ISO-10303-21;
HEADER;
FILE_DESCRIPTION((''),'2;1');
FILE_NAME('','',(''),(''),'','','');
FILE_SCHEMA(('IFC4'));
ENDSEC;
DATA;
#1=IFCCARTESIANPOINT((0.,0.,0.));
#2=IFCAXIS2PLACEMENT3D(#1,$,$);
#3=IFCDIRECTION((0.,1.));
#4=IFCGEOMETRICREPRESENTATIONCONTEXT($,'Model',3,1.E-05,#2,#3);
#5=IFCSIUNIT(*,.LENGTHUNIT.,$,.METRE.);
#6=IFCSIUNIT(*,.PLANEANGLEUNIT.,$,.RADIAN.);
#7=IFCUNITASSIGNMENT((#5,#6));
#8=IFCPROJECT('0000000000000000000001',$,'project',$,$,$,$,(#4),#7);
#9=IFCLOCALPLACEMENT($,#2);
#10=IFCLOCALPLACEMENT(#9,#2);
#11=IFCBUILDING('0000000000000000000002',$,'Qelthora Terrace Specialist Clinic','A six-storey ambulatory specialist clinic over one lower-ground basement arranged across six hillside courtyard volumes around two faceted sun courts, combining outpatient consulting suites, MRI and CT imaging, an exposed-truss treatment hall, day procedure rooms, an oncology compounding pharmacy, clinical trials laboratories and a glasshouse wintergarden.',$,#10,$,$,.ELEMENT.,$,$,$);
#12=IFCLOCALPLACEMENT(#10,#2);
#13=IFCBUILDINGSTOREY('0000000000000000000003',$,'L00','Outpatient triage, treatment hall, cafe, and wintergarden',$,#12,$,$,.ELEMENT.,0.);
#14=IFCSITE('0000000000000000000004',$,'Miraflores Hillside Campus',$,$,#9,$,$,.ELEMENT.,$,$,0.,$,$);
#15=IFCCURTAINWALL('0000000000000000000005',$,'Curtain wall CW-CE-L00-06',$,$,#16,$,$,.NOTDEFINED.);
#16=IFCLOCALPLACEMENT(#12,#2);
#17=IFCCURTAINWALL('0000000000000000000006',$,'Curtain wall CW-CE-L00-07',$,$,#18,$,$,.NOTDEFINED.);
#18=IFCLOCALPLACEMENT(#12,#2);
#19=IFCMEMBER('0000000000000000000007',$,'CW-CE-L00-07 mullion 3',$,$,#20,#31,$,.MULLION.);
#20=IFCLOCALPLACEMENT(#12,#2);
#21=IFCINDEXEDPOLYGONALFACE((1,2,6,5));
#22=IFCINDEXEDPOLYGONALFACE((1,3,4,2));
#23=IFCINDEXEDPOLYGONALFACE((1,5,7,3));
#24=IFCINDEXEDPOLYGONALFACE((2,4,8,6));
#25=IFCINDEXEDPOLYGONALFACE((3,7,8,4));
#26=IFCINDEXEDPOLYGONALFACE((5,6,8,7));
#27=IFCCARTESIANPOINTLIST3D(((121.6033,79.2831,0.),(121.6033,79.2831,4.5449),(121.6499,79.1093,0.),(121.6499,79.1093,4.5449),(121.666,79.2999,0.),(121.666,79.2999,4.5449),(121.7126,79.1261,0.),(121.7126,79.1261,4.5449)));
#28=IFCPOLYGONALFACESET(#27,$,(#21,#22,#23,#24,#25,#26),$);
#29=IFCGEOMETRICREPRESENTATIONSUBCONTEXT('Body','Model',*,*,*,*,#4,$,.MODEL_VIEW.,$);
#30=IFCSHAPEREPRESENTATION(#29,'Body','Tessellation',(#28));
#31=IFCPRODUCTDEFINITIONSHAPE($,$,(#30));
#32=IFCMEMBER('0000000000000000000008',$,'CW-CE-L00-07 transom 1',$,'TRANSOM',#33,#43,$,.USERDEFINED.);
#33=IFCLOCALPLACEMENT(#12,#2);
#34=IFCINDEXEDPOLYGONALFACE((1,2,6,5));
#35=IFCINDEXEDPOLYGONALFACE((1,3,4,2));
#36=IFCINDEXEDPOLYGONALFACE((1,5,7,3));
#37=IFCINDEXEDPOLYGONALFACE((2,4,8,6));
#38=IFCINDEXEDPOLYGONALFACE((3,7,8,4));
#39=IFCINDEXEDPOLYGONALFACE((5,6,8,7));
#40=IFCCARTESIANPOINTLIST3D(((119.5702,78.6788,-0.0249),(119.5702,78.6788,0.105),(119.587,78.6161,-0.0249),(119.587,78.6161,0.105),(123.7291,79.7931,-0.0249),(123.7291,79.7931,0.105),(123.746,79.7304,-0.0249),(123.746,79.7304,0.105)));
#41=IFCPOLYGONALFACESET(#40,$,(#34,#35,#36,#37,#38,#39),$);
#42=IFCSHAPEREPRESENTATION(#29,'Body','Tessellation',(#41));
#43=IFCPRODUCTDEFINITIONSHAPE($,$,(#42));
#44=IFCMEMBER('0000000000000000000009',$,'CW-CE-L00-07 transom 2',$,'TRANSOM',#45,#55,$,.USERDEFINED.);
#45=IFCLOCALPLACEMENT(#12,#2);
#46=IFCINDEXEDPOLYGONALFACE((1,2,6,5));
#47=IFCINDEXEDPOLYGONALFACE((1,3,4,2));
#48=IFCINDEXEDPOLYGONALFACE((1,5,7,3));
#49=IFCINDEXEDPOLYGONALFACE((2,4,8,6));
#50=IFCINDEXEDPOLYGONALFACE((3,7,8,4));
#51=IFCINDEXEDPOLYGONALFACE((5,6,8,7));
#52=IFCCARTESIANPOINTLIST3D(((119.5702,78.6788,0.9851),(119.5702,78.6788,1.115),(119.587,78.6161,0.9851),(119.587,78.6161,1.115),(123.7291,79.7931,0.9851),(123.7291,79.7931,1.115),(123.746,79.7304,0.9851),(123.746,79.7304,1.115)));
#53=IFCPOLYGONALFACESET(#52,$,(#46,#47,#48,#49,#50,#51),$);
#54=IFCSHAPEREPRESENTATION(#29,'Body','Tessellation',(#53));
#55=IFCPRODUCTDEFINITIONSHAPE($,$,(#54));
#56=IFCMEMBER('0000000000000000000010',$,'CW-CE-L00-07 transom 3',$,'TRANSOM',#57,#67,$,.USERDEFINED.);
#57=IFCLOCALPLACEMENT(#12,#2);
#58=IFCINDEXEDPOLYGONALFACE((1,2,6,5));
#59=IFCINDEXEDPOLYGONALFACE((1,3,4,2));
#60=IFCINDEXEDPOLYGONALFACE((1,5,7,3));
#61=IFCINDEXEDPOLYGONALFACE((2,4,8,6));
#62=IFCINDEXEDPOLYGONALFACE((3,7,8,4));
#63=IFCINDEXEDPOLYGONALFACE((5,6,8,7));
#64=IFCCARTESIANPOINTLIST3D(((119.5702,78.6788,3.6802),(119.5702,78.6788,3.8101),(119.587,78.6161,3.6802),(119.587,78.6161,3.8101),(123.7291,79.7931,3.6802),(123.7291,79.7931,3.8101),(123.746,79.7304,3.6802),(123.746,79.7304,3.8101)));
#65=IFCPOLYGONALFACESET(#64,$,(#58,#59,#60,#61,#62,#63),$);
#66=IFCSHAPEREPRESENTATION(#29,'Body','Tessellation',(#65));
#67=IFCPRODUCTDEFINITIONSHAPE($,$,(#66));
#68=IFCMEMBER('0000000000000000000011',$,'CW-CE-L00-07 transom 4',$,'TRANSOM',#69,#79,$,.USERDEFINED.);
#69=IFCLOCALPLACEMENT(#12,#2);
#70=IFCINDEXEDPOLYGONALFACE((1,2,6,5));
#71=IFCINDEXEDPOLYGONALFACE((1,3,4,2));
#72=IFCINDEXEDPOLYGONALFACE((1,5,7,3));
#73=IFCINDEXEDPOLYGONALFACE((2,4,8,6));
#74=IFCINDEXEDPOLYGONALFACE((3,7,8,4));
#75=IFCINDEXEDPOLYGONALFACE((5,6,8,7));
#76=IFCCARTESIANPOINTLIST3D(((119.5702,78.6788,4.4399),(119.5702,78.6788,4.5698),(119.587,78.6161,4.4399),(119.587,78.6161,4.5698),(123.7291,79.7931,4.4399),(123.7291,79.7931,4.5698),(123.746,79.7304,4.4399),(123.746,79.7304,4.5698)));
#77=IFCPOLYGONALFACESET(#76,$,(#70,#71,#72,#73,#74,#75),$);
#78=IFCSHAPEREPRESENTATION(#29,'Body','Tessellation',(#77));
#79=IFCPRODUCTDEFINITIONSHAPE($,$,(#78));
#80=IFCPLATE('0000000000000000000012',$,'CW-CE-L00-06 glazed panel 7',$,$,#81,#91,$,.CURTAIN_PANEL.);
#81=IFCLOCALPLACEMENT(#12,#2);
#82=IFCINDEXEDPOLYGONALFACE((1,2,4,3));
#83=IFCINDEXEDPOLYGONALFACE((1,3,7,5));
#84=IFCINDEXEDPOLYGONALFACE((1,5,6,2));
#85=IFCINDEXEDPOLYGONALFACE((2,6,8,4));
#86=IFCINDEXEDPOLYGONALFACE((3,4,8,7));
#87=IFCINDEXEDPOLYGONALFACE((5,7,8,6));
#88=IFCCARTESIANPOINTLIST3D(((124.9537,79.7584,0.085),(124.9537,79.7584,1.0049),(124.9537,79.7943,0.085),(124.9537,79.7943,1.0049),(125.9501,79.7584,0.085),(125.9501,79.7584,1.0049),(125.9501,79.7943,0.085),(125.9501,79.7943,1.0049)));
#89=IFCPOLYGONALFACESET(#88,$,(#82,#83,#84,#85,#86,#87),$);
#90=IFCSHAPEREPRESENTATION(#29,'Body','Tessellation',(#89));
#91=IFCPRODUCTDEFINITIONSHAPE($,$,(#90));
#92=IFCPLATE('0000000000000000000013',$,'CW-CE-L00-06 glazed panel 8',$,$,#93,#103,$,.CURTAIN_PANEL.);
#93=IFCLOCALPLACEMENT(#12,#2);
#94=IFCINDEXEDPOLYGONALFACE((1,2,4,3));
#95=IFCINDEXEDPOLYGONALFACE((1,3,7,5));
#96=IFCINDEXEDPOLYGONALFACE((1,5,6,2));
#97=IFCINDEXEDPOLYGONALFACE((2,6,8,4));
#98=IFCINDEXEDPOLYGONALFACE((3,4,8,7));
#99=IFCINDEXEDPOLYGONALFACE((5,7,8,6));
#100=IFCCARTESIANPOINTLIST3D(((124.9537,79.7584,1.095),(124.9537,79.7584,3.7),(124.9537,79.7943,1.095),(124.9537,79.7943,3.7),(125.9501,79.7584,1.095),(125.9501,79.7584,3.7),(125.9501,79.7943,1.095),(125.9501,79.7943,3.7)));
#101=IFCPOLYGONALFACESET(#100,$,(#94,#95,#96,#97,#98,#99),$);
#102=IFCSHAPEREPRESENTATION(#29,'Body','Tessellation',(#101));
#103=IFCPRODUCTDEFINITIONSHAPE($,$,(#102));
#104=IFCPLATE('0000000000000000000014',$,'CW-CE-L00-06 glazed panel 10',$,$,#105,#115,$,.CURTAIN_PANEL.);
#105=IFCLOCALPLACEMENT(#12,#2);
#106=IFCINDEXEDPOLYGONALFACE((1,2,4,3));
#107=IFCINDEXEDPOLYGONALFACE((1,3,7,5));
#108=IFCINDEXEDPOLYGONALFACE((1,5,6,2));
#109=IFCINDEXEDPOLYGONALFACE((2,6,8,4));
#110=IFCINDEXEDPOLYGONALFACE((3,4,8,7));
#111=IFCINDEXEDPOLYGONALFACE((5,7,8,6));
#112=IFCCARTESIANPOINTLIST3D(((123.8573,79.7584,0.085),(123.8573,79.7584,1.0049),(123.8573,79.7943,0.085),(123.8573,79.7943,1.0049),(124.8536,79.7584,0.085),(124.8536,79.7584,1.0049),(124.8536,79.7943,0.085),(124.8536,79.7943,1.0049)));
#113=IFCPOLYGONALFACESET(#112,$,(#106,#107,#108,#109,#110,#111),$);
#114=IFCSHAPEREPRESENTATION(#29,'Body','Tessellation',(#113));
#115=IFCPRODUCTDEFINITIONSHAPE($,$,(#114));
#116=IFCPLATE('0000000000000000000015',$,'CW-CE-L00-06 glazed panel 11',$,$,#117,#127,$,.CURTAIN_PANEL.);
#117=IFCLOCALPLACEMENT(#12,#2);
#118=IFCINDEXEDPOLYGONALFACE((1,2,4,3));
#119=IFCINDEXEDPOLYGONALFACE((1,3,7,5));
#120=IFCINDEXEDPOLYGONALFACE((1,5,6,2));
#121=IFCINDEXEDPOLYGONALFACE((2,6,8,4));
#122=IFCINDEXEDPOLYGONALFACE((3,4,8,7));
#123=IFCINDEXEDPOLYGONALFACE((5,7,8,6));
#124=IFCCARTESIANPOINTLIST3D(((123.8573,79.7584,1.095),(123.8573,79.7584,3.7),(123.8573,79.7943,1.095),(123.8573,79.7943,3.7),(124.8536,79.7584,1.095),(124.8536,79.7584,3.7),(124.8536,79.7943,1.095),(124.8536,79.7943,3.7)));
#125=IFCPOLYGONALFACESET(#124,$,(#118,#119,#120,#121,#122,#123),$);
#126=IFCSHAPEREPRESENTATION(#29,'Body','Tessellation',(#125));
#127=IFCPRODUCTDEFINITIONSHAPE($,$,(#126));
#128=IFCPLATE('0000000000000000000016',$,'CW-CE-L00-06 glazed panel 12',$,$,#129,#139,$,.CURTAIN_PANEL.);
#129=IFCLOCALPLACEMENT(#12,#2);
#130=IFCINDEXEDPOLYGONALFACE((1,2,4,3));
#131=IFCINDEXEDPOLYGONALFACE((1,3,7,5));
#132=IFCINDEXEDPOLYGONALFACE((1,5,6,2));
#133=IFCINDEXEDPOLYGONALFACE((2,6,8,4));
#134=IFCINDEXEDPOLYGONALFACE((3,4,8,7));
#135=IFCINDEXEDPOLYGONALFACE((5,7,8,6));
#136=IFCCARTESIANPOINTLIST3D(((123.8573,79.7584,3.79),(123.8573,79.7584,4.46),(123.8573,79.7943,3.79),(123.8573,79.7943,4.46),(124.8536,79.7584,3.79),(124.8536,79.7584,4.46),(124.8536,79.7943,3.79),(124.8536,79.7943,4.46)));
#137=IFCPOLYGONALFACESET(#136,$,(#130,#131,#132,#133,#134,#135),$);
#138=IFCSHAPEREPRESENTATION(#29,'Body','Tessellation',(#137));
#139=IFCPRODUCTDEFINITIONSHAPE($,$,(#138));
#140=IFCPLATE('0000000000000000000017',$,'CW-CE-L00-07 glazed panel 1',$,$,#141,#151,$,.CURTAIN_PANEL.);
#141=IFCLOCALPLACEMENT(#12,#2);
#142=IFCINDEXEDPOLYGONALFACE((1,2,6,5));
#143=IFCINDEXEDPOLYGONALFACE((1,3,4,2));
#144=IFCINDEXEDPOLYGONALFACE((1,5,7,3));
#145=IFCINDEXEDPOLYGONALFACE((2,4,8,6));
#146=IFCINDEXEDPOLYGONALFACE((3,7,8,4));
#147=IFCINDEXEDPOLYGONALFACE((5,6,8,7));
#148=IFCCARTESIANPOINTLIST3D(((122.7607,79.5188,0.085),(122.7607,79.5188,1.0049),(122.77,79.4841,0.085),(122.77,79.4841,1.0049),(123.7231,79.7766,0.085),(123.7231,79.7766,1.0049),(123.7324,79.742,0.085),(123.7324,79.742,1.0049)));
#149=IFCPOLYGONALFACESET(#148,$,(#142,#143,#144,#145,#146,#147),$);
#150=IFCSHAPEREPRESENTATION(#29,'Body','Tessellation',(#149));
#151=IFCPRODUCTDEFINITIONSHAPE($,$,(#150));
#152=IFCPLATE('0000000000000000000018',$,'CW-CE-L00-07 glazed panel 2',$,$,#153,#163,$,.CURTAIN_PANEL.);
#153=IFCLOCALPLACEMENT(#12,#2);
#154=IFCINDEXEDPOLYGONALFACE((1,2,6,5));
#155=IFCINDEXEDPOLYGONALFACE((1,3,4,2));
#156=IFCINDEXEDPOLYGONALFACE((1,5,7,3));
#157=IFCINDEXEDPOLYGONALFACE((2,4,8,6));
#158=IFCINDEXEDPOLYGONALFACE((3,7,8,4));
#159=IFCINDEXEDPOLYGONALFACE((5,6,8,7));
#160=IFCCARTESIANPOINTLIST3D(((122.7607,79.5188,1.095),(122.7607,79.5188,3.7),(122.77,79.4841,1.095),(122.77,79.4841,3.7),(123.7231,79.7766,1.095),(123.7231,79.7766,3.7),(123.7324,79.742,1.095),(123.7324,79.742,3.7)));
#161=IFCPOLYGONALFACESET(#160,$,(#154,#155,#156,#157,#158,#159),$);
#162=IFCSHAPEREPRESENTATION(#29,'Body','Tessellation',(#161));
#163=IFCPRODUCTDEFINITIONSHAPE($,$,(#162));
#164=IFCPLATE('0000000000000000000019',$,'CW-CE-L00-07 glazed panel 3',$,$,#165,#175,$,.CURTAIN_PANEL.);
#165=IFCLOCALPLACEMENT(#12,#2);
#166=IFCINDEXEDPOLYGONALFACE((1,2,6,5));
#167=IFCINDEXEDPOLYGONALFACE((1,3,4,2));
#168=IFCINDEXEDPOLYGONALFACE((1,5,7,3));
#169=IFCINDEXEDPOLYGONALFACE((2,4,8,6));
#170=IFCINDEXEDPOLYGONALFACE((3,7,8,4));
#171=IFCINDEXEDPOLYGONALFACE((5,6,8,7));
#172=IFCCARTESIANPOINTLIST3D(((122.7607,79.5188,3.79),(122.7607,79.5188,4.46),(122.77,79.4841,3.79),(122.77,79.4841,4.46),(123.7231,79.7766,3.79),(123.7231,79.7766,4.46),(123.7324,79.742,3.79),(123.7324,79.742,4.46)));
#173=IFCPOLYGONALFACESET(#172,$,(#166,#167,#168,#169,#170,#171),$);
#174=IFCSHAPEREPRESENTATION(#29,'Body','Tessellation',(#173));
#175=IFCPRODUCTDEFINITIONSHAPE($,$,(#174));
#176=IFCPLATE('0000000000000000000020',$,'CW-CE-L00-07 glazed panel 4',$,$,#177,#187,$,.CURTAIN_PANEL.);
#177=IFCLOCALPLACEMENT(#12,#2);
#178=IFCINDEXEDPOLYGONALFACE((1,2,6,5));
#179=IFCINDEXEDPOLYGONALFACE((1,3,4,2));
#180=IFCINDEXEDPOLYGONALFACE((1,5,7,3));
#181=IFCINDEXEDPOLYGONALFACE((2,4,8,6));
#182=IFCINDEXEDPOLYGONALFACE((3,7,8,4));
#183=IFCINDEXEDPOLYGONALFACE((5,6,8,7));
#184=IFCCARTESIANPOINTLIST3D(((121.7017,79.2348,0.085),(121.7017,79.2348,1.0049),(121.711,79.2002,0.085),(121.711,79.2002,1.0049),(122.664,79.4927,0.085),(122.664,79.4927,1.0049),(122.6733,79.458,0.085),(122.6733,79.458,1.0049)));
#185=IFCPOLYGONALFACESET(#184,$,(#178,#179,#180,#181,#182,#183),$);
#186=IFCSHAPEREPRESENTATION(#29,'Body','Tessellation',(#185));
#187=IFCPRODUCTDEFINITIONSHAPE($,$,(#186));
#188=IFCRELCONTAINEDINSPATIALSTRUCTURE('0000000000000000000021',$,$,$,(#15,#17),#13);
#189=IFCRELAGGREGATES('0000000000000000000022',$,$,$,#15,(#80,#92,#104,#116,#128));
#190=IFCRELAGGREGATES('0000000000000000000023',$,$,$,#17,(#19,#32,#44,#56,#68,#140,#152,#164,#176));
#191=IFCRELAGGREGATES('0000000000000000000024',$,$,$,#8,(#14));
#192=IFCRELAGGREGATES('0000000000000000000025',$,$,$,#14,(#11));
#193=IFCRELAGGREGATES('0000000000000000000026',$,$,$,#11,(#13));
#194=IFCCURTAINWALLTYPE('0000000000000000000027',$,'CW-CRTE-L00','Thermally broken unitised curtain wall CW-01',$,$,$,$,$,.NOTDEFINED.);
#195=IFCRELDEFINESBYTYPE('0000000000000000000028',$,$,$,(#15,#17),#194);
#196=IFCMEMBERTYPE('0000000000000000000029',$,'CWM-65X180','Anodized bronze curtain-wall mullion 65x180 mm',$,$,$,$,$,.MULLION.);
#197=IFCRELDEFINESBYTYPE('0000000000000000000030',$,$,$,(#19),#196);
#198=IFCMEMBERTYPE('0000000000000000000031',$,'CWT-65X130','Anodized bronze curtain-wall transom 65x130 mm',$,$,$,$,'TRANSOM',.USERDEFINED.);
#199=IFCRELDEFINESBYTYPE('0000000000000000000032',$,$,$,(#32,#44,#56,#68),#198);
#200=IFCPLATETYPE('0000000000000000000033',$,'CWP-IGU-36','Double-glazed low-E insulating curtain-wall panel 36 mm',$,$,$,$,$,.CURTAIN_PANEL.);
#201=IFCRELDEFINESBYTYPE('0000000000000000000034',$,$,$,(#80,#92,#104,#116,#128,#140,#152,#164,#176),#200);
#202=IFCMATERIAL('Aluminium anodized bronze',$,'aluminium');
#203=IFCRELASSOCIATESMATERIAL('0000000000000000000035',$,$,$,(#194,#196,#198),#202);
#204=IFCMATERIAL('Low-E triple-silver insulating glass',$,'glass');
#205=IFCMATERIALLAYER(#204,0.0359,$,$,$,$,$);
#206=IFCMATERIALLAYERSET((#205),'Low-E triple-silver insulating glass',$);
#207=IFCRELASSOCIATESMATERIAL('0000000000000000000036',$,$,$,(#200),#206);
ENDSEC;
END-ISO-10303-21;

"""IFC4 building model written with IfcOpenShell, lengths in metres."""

from ifc_helpers import new_model, si_unit, direction, frame, origin, origin_2d, place, context, subcontext, project, spatial, rectangle, extrude, material, layer, layer_set, material_profile, profile_set, type_object, element, aggregate, save


model = new_model("IFC4")

# Units and contexts
model_context = context("Model", 3, precision=1e-05, world=origin(), true_north=direction((0.0, 1.0)))
body_context = subcontext(model_context, "Body", "Model", "MODEL_VIEW")
ifc_project = project(units=[si_unit("LENGTHUNIT", "METRE"), si_unit("PLANEANGLEUNIT", "RADIAN")], contexts=[model_context])

# Site, building, storey
site_placement = place(None, origin())
site = spatial("IfcSite", under=ifc_project, at=site_placement, Name="Miraflores Hillside Campus", CompositionType="ELEMENT", RefElevation=0.0)
building_placement = place(site_placement, origin())
building = spatial("IfcBuilding", under=site, at=building_placement, Name="Qelthora Terrace Specialist Clinic", Description="A six-storey ambulatory specialist clinic over one lower-ground basement arranged across six hillside courtyard volumes around two faceted sun courts, combining outpatient consulting suites, MRI and CT imaging, an exposed-truss treatment hall, day procedure rooms, an oncology compounding pharmacy, clinical trials laboratories and a glasshouse wintergarden.", CompositionType="ELEMENT")
storey_placement = place(building_placement, origin())
storey = spatial("IfcBuildingStorey", under=building, at=storey_placement, Name="L00", Description="Outpatient triage, treatment hall, cafe, and wintergarden", CompositionType="ELEMENT", Elevation=0.0)

# Curtain walls, members
ifc_material_1 = material(Name="Aluminium anodized bronze", Category="aluminium")
curtain_wall_type = type_object("IfcCurtainWallType", Name="CW-CRTE-L00", Description="Thermally broken unitised curtain wall CW-01", PredefinedType="NOTDEFINED", material=ifc_material_1)
curtain_wall_1_placement = place(storey_placement, origin())
curtain_wall_1 = element("IfcCurtainWall", 1, at=curtain_wall_1_placement, inside=storey, type_object=curtain_wall_type, Name="Curtain wall CW-CE-L00-06", PredefinedType="NOTDEFINED")
ifc_material_profile_1 = material_profile(ifc_material_1, rectangle(XDim=0.0649, YDim=0.1799, at=origin_2d()), Name="CWM65X180")
ifc_profile_set_1 = profile_set([ifc_material_profile_1], Name="Aluminium anodized bronze")
member_type_1 = type_object("IfcMemberType", Name="CWM-65X180", Description="Anodized bronze curtain-wall mullion 65x180 mm", PredefinedType="MULLION", material=ifc_profile_set_1)
curtain_wall_2_placement = place(storey_placement, origin())
curtain_wall_2 = element("IfcCurtainWall", 2, at=curtain_wall_2_placement, inside=storey, type_object=curtain_wall_type, Name="Curtain wall CW-CE-L00-07", PredefinedType="NOTDEFINED")
member_1_placement = place(storey_placement, frame((121.658, 79.2046, 0.0), z_axis=(0.0, 0.0, 1.0), x_axis=(-0.965926, -0.25882, 0.0)))
member_1 = element("IfcMember", 3, at=member_1_placement, type_object=member_type_1, Name="CW-CE-L00-07 mullion 3", PredefinedType="MULLION", context=body_context, shape_type="SweptSolid", body=[
    extrude(rectangle(XDim=0.0649, YDim=0.1799, at=origin_2d()), origin(), (0.0, 0.0, 1.0), 4.5449),
])
ifc_material_profile_2 = material_profile(ifc_material_1, rectangle(XDim=0.0649, YDim=0.1299, at=origin_2d()), Name="CWT65X130")
ifc_profile_set_2 = profile_set([ifc_material_profile_2], Name="Aluminium anodized bronze")
member_type_2 = type_object("IfcMemberType", Name="CWT-65X130", Description="Anodized bronze curtain-wall transom 65x130 mm", ElementType="TRANSOM", PredefinedType="USERDEFINED", material=ifc_profile_set_2)
member_2_placement = place(storey_placement, frame((123.7375, 79.7617, 0.04), z_axis=(-0.965933, -0.258792, 0.0), x_axis=(0.258792, -0.965933, 0.0)))
member_2 = element("IfcMember", 4, at=member_2_placement, type_object=member_type_2, Name="CW-CE-L00-07 transom 1", ObjectType="TRANSOM", PredefinedType="USERDEFINED", context=body_context, shape_type="SweptSolid", body=[
    extrude(rectangle(XDim=0.0649, YDim=0.1299, at=origin_2d()), origin(), (0.0, 0.0, 1.0), 4.3057),
])
member_3_placement = place(storey_placement, frame((123.7375, 79.7617, 1.05), z_axis=(-0.965933, -0.258792, 0.0), x_axis=(0.258792, -0.965933, 0.0)))
member_3 = element("IfcMember", 5, at=member_3_placement, type_object=member_type_2, Name="CW-CE-L00-07 transom 2", ObjectType="TRANSOM", PredefinedType="USERDEFINED", context=body_context, shape_type="SweptSolid", body=[
    extrude(rectangle(XDim=0.0649, YDim=0.1299, at=origin_2d()), origin(), (0.0, 0.0, 1.0), 4.3057),
])
member_4_placement = place(storey_placement, frame((123.7375, 79.7617, 3.7451), z_axis=(-0.965933, -0.258792, 0.0), x_axis=(0.258792, -0.965933, 0.0)))
member_4 = element("IfcMember", 6, at=member_4_placement, type_object=member_type_2, Name="CW-CE-L00-07 transom 3", ObjectType="TRANSOM", PredefinedType="USERDEFINED", context=body_context, shape_type="SweptSolid", body=[
    extrude(rectangle(XDim=0.0649, YDim=0.1299, at=origin_2d()), origin(), (0.0, 0.0, 1.0), 4.3057),
])
member_5_placement = place(storey_placement, frame((123.7375, 79.7617, 4.5049), z_axis=(-0.965933, -0.258792, 0.0), x_axis=(0.258792, -0.965933, 0.0)))
member_5 = element("IfcMember", 7, at=member_5_placement, type_object=member_type_2, Name="CW-CE-L00-07 transom 4", ObjectType="TRANSOM", PredefinedType="USERDEFINED", context=body_context, shape_type="SweptSolid", body=[
    extrude(rectangle(XDim=0.0649, YDim=0.1299, at=origin_2d()), origin(), (0.0, 0.0, 1.0), 4.3057),
])

# Plates
ifc_material_2 = material(Name="Low-E triple-silver insulating glass", Category="glass")
ifc_layer_1 = layer(ifc_material_2, 0.0359)
ifc_layer_set_1 = layer_set([ifc_layer_1], Name="Low-E triple-silver insulating glass")
plate_type_1 = type_object("IfcPlateType", Name="CWP-IGU-36", Description="Double-glazed low-E insulating curtain-wall panel 36 mm", PredefinedType="CURTAIN_PANEL", material=ifc_layer_set_1)
plate_1_placement = place(storey_placement, frame((125.4519, 79.7764, 0.085), z_axis=(0.0, 0.0, 1.0), x_axis=(-1.0, 0.0, 0.0)))
plate_1 = element("IfcPlate", 8, at=plate_1_placement, type_object=plate_type_1, Name="CW-CE-L00-06 glazed panel 7", PredefinedType="CURTAIN_PANEL", context=body_context, shape_type="SweptSolid", body=[
    extrude(rectangle(XDim=0.9963, YDim=0.0359, at=origin_2d()), origin(), (0.0, 0.0, 1.0), 0.9199),
])
plate_2_placement = place(storey_placement, frame((125.4519, 79.7764, 1.095), z_axis=(0.0, 0.0, 1.0), x_axis=(-1.0, 0.0, 0.0)))
plate_2 = element("IfcPlate", 9, at=plate_2_placement, type_object=plate_type_1, Name="CW-CE-L00-06 glazed panel 8", PredefinedType="CURTAIN_PANEL", context=body_context, shape_type="SweptSolid", body=[
    extrude(rectangle(XDim=0.9963, YDim=0.0359, at=origin_2d()), origin(), (0.0, 0.0, 1.0), 2.605),
])
plate_3_placement = place(storey_placement, frame((124.3555, 79.7764, 0.085), z_axis=(0.0, 0.0, 1.0), x_axis=(-1.0, 0.0, 0.0)))
plate_3 = element("IfcPlate", 10, at=plate_3_placement, type_object=plate_type_1, Name="CW-CE-L00-06 glazed panel 10", PredefinedType="CURTAIN_PANEL", context=body_context, shape_type="SweptSolid", body=[
    extrude(rectangle(XDim=0.9963, YDim=0.0359, at=origin_2d()), origin(), (0.0, 0.0, 1.0), 0.9199),
])
plate_4_placement = place(storey_placement, frame((124.3555, 79.7764, 1.095), z_axis=(0.0, 0.0, 1.0), x_axis=(-1.0, 0.0, 0.0)))
plate_4 = element("IfcPlate", 11, at=plate_4_placement, type_object=plate_type_1, Name="CW-CE-L00-06 glazed panel 11", PredefinedType="CURTAIN_PANEL", context=body_context, shape_type="SweptSolid", body=[
    extrude(rectangle(XDim=0.9963, YDim=0.0359, at=origin_2d()), origin(), (0.0, 0.0, 1.0), 2.605),
])
plate_5_placement = place(storey_placement, frame((124.3555, 79.7764, 3.79), z_axis=(0.0, 0.0, 1.0), x_axis=(-1.0, 0.0, 0.0)))
plate_5 = element("IfcPlate", 12, at=plate_5_placement, type_object=plate_type_1, Name="CW-CE-L00-06 glazed panel 12", PredefinedType="CURTAIN_PANEL", context=body_context, shape_type="SweptSolid", body=[
    extrude(rectangle(XDim=0.9963, YDim=0.0359, at=origin_2d()), origin(), (0.0, 0.0, 1.0), 0.6699),
])
aggregate(curtain_wall_1, [plate_1, plate_2, plate_3, plate_4, plate_5])
plate_6_placement = place(storey_placement, frame((123.2466, 79.6304, 0.085), z_axis=(0.0, 0.0, 1.0), x_axis=(-0.965926, -0.258819, 0.0)))
plate_6 = element("IfcPlate", 13, at=plate_6_placement, type_object=plate_type_1, Name="CW-CE-L00-07 glazed panel 1", PredefinedType="CURTAIN_PANEL", context=body_context, shape_type="SweptSolid", body=[
    extrude(rectangle(XDim=0.9963, YDim=0.0359, at=origin_2d()), origin(), (0.0, 0.0, 1.0), 0.9199),
])
plate_7_placement = place(storey_placement, frame((123.2466, 79.6304, 1.095), z_axis=(0.0, 0.0, 1.0), x_axis=(-0.965926, -0.258819, 0.0)))
plate_7 = element("IfcPlate", 14, at=plate_7_placement, type_object=plate_type_1, Name="CW-CE-L00-07 glazed panel 2", PredefinedType="CURTAIN_PANEL", context=body_context, shape_type="SweptSolid", body=[
    extrude(rectangle(XDim=0.9963, YDim=0.0359, at=origin_2d()), origin(), (0.0, 0.0, 1.0), 2.605),
])
plate_8_placement = place(storey_placement, frame((123.2466, 79.6304, 3.79), z_axis=(0.0, 0.0, 1.0), x_axis=(-0.965926, -0.258819, 0.0)))
plate_8 = element("IfcPlate", 15, at=plate_8_placement, type_object=plate_type_1, Name="CW-CE-L00-07 glazed panel 3", PredefinedType="CURTAIN_PANEL", context=body_context, shape_type="SweptSolid", body=[
    extrude(rectangle(XDim=0.9963, YDim=0.0359, at=origin_2d()), origin(), (0.0, 0.0, 1.0), 0.6699),
])
plate_9_placement = place(storey_placement, frame((122.1875, 79.3464, 0.085), z_axis=(0.0, 0.0, 1.0), x_axis=(-0.965926, -0.258819, 0.0)))
plate_9 = element("IfcPlate", 16, at=plate_9_placement, type_object=plate_type_1, Name="CW-CE-L00-07 glazed panel 4", PredefinedType="CURTAIN_PANEL", context=body_context, shape_type="SweptSolid", body=[
    extrude(rectangle(XDim=0.9963, YDim=0.0359, at=origin_2d()), origin(), (0.0, 0.0, 1.0), 0.9199),
])
aggregate(curtain_wall_2, [member_1, member_2, member_3, member_4, member_5, plate_6, plate_7, plate_8, plate_9])

save(model, "model.ifc")
